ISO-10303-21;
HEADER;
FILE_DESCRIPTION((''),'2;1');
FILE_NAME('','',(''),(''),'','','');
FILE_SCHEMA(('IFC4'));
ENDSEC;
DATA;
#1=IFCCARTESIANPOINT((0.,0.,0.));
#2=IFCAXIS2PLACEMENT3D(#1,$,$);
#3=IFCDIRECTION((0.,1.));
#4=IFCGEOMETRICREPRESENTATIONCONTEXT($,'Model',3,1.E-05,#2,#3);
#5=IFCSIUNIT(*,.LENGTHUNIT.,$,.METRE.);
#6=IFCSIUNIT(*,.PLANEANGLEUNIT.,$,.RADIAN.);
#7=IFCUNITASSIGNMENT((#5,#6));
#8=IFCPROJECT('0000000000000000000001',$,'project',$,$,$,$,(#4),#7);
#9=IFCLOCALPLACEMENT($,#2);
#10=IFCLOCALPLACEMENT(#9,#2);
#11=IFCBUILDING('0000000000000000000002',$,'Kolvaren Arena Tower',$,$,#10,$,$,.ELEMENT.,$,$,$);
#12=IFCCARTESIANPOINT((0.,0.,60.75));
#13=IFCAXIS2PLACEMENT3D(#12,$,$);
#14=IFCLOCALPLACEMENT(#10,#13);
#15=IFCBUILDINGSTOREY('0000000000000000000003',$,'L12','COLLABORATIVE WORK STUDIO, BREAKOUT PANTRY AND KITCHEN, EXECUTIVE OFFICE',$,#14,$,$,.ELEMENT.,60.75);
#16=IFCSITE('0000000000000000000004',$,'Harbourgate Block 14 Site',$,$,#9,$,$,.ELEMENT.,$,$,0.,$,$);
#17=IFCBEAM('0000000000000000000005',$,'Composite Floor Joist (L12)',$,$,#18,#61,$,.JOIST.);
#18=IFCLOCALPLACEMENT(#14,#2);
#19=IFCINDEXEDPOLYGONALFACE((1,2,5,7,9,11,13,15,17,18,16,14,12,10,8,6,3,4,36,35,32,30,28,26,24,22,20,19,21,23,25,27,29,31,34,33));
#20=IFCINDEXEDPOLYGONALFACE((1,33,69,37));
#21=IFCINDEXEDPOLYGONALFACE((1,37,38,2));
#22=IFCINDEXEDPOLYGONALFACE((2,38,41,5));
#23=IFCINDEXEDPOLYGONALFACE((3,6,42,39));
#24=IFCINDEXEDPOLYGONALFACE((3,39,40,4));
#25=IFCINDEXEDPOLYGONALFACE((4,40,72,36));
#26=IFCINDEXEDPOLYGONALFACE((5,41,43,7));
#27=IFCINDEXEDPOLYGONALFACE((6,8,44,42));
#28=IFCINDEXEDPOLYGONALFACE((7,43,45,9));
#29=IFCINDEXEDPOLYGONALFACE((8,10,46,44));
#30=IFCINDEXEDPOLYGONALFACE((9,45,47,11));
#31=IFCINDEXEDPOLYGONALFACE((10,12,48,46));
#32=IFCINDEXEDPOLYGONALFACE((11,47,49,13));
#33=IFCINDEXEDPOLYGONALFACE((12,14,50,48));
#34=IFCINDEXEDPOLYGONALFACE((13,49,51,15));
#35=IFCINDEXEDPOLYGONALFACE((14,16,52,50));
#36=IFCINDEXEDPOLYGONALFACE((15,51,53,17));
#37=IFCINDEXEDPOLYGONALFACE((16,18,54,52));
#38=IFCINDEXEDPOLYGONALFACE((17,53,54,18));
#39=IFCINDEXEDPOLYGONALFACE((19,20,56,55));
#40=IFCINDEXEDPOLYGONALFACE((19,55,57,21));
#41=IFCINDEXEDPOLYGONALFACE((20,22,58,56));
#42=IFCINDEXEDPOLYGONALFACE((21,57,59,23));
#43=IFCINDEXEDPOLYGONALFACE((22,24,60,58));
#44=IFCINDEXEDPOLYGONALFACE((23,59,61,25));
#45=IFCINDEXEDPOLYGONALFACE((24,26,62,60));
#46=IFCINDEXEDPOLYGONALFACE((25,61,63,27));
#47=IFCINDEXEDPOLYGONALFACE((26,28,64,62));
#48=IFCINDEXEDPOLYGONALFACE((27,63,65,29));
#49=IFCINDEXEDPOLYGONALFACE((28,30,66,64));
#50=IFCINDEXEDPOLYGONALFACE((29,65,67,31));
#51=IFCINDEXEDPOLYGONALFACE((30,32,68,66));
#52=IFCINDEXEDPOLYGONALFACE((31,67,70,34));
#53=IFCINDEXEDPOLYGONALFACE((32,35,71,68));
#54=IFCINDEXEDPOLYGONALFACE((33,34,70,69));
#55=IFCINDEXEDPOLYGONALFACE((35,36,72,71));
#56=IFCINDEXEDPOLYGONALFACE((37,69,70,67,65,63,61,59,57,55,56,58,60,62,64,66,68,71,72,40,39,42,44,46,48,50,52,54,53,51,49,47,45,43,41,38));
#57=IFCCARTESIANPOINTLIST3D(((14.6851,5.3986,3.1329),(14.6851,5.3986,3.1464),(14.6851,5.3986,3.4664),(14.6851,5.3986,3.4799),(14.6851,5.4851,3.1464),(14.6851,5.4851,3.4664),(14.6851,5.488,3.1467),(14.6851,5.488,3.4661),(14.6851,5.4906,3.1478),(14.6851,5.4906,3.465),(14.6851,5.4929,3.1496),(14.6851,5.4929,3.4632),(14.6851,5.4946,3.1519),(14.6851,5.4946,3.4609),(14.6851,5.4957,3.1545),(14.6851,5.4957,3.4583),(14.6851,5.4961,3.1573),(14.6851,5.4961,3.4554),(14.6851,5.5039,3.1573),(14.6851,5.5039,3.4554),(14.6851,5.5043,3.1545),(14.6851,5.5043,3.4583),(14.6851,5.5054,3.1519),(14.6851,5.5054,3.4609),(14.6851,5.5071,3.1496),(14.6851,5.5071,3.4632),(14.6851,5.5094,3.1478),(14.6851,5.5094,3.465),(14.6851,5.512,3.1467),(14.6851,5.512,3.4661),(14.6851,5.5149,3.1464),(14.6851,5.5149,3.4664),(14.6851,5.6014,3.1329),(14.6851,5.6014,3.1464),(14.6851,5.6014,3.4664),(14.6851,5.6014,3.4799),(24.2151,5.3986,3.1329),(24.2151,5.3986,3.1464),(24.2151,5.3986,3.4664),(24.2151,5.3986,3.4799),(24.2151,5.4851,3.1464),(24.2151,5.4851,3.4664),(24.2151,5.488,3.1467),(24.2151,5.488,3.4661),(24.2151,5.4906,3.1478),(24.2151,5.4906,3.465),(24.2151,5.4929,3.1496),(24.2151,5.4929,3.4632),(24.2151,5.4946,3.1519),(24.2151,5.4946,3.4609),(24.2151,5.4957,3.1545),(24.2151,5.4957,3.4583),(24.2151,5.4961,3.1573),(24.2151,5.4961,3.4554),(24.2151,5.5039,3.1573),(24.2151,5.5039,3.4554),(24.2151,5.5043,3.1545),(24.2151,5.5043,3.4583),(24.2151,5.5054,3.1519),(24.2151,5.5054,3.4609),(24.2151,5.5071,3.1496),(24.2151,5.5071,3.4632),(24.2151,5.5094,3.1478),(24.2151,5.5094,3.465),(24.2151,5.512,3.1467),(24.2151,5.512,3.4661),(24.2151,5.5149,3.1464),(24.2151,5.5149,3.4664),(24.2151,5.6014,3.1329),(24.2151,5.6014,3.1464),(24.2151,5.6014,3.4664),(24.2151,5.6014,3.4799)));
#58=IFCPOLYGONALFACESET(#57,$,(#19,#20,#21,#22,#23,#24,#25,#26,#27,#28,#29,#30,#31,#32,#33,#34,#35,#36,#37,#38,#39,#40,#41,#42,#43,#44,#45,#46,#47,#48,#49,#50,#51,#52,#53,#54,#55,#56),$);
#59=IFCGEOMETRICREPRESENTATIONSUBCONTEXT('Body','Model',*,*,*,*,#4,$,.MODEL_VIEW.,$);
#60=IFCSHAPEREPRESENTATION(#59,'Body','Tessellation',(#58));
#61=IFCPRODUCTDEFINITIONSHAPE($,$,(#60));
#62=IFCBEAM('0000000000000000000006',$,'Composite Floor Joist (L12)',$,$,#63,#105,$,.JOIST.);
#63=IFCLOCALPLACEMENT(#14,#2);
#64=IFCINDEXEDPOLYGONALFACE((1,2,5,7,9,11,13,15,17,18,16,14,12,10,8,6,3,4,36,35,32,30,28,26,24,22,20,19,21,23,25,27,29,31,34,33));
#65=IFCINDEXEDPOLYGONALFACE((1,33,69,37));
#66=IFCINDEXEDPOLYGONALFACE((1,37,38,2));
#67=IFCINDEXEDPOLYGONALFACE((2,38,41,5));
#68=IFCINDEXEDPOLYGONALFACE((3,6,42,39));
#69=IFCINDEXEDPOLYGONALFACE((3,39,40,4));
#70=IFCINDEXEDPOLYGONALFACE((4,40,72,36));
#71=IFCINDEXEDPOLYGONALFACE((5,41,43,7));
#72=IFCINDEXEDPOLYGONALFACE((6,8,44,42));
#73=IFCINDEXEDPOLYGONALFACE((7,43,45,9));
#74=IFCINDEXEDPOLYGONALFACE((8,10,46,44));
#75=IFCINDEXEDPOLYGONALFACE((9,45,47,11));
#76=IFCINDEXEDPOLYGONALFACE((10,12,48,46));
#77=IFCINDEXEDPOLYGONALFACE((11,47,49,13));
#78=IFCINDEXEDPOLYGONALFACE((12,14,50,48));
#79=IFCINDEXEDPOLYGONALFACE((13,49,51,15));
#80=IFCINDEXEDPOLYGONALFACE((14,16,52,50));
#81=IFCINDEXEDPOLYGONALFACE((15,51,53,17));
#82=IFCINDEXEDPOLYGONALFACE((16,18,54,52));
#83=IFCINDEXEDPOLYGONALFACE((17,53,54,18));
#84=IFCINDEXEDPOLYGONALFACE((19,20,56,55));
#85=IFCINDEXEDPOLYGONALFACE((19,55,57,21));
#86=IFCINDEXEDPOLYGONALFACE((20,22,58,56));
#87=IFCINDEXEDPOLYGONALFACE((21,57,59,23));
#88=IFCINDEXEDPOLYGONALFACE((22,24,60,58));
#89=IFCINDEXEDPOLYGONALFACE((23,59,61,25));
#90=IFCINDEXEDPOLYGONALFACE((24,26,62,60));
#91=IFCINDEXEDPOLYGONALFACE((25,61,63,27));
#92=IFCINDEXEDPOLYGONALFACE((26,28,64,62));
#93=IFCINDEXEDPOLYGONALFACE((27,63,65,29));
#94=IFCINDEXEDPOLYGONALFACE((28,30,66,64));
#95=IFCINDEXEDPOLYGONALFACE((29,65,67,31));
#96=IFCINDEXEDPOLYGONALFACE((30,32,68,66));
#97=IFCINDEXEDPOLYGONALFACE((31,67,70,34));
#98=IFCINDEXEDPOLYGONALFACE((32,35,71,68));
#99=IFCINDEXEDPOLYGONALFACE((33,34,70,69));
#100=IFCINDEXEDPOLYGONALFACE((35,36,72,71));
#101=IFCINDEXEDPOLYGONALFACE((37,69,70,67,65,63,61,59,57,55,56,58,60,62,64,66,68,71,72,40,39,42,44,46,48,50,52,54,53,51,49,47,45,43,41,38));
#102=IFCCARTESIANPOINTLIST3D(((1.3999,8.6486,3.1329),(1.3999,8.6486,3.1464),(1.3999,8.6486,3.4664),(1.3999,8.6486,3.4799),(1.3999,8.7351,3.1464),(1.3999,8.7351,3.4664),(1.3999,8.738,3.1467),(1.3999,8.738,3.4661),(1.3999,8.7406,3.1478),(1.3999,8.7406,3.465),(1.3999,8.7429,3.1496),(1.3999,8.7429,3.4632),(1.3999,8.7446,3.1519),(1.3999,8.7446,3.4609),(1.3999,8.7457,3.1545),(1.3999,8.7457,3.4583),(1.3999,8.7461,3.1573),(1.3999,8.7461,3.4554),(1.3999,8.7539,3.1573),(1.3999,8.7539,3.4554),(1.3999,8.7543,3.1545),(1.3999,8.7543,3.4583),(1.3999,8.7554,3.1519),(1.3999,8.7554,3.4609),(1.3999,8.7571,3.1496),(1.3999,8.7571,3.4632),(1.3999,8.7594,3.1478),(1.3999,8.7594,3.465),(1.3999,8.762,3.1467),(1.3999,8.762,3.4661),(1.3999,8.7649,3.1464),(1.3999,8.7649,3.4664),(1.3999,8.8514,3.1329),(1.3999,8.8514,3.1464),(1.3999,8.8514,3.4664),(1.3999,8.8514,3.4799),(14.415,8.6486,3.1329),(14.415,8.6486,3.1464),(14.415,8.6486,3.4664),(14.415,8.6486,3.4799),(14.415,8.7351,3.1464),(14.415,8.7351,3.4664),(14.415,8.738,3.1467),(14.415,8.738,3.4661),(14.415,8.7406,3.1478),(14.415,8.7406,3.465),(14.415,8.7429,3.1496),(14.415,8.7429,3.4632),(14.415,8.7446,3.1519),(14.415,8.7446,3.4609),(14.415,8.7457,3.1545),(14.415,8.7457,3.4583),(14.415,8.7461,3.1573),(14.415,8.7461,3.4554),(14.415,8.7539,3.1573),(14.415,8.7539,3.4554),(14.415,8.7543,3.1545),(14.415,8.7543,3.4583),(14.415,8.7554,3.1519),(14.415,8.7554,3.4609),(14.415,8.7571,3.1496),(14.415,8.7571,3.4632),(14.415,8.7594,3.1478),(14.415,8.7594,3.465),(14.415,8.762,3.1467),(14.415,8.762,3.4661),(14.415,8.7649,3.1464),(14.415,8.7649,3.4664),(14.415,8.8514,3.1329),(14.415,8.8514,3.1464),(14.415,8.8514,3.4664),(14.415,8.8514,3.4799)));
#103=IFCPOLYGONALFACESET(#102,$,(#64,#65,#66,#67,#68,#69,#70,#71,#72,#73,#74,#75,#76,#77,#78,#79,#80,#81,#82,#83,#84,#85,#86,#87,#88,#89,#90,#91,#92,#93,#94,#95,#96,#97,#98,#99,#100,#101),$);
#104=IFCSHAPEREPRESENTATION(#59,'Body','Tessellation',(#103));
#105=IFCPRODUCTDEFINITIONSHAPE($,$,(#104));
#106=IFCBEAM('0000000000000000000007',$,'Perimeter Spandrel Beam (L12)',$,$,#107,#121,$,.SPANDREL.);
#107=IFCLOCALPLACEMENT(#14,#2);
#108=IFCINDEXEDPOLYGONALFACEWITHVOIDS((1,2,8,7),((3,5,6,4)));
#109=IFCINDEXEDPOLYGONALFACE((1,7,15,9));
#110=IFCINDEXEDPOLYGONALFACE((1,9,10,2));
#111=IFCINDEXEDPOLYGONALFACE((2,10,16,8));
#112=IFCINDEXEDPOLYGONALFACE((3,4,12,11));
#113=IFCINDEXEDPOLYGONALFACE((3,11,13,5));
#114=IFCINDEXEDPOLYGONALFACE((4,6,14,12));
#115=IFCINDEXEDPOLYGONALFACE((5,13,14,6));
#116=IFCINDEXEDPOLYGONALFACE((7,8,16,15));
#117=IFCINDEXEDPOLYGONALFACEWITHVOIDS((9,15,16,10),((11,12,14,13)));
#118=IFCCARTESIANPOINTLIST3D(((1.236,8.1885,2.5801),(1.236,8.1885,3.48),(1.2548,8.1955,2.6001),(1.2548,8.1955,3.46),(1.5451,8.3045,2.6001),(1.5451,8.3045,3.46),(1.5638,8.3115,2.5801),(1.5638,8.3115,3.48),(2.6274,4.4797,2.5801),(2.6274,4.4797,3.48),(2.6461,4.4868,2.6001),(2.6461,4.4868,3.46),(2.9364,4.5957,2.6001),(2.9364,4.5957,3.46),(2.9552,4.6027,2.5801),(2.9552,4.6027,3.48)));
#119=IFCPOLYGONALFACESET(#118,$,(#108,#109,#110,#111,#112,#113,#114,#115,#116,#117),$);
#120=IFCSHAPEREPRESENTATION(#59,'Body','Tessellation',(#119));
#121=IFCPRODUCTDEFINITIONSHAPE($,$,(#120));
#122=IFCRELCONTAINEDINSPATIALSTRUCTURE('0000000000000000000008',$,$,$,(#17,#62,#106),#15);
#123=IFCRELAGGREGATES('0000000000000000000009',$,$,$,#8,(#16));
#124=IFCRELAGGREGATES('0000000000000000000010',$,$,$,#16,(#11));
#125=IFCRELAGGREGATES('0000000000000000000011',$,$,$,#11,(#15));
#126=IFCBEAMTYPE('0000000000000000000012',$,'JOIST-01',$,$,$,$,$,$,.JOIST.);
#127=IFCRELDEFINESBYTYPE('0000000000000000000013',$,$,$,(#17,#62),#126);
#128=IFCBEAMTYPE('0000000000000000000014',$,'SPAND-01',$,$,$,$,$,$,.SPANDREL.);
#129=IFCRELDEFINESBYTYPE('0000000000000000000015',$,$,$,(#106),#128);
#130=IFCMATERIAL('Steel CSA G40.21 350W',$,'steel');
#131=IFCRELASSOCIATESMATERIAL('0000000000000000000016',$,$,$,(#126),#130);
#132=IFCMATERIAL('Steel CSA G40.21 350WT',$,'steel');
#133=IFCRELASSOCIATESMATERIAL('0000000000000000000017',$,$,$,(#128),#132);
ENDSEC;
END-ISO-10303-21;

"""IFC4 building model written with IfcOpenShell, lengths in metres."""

from ifc_helpers import new_model, si_unit, direction, frame, origin, origin_2d, place, context, subcontext, project, spatial, hollow_rectangle, i_section, extrude, material, material_profile, profile_set, type_object, element, save


model = new_model("IFC4")

# Units and contexts
model_context = context("Model", 3, precision=1e-05, world=origin(), true_north=direction((0.0, 1.0)))
body_context = subcontext(model_context, "Body", "Model", "MODEL_VIEW")
ifc_project = project(units=[si_unit("LENGTHUNIT", "METRE"), si_unit("PLANEANGLEUNIT", "RADIAN")], contexts=[model_context])

# Site, building, storey
site_placement = place(None, origin())
site = spatial("IfcSite", under=ifc_project, at=site_placement, Name="Harbourgate Block 14 Site", CompositionType="ELEMENT", RefElevation=0.0)
building_placement = place(site_placement, origin())
building = spatial("IfcBuilding", under=site, at=building_placement, Name="Kolvaren Arena Tower", CompositionType="ELEMENT")
storey_placement = place(building_placement, frame((0.0, 0.0, 60.75)))
storey = spatial("IfcBuildingStorey", under=building, at=storey_placement, Name="L12", Description="COLLABORATIVE WORK STUDIO, BREAKOUT PANTRY AND KITCHEN, EXECUTIVE OFFICE", CompositionType="ELEMENT", Elevation=60.75)

# Beams
ifc_material_1 = material(Name="Steel CSA G40.21 350W", Category="steel")
ifc_material_profile_1 = material_profile(ifc_material_1, i_section(OverallWidth=0.2029, OverallDepth=0.3469, WebThickness=0.0078, FlangeThickness=0.0134, FilletRadius=0.011, at=origin_2d()), Name="W360x64")
ifc_profile_set_1 = profile_set([ifc_material_profile_1], Name="Steel CSA G40.21 350W")
beam_type_1 = type_object("IfcBeamType", Name="JOIST-01", PredefinedType="JOIST", material=ifc_profile_set_1)
beam_1_placement = place(storey_placement, frame((14.6851, 5.5, 3.3064), z_axis=(1.0, 0.0, 0.0), x_axis=(0.0, 1.0, 0.0)))
element("IfcBeam", 1, at=beam_1_placement, inside=storey, type_object=beam_type_1, Name="Composite Floor Joist (L12)", PredefinedType="JOIST", context=body_context, shape_type="SweptSolid", body=[
    extrude(i_section(OverallWidth=0.2029, OverallDepth=0.3469, WebThickness=0.0078, FlangeThickness=0.0134, FilletRadius=0.011, at=origin_2d()), origin(), (0.0, 0.0, 1.0), 9.53),
])
beam_2_placement = place(storey_placement, frame((1.3999, 8.75, 3.3064), z_axis=(1.0, 0.0, 0.0), x_axis=(0.0, 1.0, 0.0)))
element("IfcBeam", 2, at=beam_2_placement, inside=storey, type_object=beam_type_1, Name="Composite Floor Joist (L12)", PredefinedType="JOIST", context=body_context, shape_type="SweptSolid", body=[
    extrude(i_section(OverallWidth=0.2029, OverallDepth=0.3469, WebThickness=0.0078, FlangeThickness=0.0134, FilletRadius=0.011, at=origin_2d()), origin(), (0.0, 0.0, 1.0), 13.0151),
])
ifc_material_2 = material(Name="Steel CSA G40.21 350WT", Category="steel")
ifc_material_profile_2 = material_profile(ifc_material_2, hollow_rectangle(XDim=0.3501, YDim=0.8999, WallThickness=0.02, at=origin_2d()), Name="HSS 900x350x20")
ifc_profile_set_2 = profile_set([ifc_material_profile_2], Name="Steel CSA G40.21 350WT")
beam_type_2 = type_object("IfcBeamType", Name="SPAND-01", PredefinedType="SPANDREL", material=ifc_profile_set_2)
beam_3_placement = place(storey_placement, frame((1.3999, 8.25, 3.03), z_axis=(0.351252, -0.936281, 0.0), x_axis=(0.936281, 0.351252, 0.0)))
element("IfcBeam", 3, at=beam_3_placement, inside=storey, type_object=beam_type_2, Name="Perimeter Spandrel Beam (L12)", PredefinedType="SPANDREL", context=body_context, shape_type="SweptSolid", body=[
    extrude(hollow_rectangle(XDim=0.3501, YDim=0.8999, WallThickness=0.02, at=origin_2d()), origin(), (0.0, 0.0, 1.0), 3.9612),
])

save(model, "model.ifc")
